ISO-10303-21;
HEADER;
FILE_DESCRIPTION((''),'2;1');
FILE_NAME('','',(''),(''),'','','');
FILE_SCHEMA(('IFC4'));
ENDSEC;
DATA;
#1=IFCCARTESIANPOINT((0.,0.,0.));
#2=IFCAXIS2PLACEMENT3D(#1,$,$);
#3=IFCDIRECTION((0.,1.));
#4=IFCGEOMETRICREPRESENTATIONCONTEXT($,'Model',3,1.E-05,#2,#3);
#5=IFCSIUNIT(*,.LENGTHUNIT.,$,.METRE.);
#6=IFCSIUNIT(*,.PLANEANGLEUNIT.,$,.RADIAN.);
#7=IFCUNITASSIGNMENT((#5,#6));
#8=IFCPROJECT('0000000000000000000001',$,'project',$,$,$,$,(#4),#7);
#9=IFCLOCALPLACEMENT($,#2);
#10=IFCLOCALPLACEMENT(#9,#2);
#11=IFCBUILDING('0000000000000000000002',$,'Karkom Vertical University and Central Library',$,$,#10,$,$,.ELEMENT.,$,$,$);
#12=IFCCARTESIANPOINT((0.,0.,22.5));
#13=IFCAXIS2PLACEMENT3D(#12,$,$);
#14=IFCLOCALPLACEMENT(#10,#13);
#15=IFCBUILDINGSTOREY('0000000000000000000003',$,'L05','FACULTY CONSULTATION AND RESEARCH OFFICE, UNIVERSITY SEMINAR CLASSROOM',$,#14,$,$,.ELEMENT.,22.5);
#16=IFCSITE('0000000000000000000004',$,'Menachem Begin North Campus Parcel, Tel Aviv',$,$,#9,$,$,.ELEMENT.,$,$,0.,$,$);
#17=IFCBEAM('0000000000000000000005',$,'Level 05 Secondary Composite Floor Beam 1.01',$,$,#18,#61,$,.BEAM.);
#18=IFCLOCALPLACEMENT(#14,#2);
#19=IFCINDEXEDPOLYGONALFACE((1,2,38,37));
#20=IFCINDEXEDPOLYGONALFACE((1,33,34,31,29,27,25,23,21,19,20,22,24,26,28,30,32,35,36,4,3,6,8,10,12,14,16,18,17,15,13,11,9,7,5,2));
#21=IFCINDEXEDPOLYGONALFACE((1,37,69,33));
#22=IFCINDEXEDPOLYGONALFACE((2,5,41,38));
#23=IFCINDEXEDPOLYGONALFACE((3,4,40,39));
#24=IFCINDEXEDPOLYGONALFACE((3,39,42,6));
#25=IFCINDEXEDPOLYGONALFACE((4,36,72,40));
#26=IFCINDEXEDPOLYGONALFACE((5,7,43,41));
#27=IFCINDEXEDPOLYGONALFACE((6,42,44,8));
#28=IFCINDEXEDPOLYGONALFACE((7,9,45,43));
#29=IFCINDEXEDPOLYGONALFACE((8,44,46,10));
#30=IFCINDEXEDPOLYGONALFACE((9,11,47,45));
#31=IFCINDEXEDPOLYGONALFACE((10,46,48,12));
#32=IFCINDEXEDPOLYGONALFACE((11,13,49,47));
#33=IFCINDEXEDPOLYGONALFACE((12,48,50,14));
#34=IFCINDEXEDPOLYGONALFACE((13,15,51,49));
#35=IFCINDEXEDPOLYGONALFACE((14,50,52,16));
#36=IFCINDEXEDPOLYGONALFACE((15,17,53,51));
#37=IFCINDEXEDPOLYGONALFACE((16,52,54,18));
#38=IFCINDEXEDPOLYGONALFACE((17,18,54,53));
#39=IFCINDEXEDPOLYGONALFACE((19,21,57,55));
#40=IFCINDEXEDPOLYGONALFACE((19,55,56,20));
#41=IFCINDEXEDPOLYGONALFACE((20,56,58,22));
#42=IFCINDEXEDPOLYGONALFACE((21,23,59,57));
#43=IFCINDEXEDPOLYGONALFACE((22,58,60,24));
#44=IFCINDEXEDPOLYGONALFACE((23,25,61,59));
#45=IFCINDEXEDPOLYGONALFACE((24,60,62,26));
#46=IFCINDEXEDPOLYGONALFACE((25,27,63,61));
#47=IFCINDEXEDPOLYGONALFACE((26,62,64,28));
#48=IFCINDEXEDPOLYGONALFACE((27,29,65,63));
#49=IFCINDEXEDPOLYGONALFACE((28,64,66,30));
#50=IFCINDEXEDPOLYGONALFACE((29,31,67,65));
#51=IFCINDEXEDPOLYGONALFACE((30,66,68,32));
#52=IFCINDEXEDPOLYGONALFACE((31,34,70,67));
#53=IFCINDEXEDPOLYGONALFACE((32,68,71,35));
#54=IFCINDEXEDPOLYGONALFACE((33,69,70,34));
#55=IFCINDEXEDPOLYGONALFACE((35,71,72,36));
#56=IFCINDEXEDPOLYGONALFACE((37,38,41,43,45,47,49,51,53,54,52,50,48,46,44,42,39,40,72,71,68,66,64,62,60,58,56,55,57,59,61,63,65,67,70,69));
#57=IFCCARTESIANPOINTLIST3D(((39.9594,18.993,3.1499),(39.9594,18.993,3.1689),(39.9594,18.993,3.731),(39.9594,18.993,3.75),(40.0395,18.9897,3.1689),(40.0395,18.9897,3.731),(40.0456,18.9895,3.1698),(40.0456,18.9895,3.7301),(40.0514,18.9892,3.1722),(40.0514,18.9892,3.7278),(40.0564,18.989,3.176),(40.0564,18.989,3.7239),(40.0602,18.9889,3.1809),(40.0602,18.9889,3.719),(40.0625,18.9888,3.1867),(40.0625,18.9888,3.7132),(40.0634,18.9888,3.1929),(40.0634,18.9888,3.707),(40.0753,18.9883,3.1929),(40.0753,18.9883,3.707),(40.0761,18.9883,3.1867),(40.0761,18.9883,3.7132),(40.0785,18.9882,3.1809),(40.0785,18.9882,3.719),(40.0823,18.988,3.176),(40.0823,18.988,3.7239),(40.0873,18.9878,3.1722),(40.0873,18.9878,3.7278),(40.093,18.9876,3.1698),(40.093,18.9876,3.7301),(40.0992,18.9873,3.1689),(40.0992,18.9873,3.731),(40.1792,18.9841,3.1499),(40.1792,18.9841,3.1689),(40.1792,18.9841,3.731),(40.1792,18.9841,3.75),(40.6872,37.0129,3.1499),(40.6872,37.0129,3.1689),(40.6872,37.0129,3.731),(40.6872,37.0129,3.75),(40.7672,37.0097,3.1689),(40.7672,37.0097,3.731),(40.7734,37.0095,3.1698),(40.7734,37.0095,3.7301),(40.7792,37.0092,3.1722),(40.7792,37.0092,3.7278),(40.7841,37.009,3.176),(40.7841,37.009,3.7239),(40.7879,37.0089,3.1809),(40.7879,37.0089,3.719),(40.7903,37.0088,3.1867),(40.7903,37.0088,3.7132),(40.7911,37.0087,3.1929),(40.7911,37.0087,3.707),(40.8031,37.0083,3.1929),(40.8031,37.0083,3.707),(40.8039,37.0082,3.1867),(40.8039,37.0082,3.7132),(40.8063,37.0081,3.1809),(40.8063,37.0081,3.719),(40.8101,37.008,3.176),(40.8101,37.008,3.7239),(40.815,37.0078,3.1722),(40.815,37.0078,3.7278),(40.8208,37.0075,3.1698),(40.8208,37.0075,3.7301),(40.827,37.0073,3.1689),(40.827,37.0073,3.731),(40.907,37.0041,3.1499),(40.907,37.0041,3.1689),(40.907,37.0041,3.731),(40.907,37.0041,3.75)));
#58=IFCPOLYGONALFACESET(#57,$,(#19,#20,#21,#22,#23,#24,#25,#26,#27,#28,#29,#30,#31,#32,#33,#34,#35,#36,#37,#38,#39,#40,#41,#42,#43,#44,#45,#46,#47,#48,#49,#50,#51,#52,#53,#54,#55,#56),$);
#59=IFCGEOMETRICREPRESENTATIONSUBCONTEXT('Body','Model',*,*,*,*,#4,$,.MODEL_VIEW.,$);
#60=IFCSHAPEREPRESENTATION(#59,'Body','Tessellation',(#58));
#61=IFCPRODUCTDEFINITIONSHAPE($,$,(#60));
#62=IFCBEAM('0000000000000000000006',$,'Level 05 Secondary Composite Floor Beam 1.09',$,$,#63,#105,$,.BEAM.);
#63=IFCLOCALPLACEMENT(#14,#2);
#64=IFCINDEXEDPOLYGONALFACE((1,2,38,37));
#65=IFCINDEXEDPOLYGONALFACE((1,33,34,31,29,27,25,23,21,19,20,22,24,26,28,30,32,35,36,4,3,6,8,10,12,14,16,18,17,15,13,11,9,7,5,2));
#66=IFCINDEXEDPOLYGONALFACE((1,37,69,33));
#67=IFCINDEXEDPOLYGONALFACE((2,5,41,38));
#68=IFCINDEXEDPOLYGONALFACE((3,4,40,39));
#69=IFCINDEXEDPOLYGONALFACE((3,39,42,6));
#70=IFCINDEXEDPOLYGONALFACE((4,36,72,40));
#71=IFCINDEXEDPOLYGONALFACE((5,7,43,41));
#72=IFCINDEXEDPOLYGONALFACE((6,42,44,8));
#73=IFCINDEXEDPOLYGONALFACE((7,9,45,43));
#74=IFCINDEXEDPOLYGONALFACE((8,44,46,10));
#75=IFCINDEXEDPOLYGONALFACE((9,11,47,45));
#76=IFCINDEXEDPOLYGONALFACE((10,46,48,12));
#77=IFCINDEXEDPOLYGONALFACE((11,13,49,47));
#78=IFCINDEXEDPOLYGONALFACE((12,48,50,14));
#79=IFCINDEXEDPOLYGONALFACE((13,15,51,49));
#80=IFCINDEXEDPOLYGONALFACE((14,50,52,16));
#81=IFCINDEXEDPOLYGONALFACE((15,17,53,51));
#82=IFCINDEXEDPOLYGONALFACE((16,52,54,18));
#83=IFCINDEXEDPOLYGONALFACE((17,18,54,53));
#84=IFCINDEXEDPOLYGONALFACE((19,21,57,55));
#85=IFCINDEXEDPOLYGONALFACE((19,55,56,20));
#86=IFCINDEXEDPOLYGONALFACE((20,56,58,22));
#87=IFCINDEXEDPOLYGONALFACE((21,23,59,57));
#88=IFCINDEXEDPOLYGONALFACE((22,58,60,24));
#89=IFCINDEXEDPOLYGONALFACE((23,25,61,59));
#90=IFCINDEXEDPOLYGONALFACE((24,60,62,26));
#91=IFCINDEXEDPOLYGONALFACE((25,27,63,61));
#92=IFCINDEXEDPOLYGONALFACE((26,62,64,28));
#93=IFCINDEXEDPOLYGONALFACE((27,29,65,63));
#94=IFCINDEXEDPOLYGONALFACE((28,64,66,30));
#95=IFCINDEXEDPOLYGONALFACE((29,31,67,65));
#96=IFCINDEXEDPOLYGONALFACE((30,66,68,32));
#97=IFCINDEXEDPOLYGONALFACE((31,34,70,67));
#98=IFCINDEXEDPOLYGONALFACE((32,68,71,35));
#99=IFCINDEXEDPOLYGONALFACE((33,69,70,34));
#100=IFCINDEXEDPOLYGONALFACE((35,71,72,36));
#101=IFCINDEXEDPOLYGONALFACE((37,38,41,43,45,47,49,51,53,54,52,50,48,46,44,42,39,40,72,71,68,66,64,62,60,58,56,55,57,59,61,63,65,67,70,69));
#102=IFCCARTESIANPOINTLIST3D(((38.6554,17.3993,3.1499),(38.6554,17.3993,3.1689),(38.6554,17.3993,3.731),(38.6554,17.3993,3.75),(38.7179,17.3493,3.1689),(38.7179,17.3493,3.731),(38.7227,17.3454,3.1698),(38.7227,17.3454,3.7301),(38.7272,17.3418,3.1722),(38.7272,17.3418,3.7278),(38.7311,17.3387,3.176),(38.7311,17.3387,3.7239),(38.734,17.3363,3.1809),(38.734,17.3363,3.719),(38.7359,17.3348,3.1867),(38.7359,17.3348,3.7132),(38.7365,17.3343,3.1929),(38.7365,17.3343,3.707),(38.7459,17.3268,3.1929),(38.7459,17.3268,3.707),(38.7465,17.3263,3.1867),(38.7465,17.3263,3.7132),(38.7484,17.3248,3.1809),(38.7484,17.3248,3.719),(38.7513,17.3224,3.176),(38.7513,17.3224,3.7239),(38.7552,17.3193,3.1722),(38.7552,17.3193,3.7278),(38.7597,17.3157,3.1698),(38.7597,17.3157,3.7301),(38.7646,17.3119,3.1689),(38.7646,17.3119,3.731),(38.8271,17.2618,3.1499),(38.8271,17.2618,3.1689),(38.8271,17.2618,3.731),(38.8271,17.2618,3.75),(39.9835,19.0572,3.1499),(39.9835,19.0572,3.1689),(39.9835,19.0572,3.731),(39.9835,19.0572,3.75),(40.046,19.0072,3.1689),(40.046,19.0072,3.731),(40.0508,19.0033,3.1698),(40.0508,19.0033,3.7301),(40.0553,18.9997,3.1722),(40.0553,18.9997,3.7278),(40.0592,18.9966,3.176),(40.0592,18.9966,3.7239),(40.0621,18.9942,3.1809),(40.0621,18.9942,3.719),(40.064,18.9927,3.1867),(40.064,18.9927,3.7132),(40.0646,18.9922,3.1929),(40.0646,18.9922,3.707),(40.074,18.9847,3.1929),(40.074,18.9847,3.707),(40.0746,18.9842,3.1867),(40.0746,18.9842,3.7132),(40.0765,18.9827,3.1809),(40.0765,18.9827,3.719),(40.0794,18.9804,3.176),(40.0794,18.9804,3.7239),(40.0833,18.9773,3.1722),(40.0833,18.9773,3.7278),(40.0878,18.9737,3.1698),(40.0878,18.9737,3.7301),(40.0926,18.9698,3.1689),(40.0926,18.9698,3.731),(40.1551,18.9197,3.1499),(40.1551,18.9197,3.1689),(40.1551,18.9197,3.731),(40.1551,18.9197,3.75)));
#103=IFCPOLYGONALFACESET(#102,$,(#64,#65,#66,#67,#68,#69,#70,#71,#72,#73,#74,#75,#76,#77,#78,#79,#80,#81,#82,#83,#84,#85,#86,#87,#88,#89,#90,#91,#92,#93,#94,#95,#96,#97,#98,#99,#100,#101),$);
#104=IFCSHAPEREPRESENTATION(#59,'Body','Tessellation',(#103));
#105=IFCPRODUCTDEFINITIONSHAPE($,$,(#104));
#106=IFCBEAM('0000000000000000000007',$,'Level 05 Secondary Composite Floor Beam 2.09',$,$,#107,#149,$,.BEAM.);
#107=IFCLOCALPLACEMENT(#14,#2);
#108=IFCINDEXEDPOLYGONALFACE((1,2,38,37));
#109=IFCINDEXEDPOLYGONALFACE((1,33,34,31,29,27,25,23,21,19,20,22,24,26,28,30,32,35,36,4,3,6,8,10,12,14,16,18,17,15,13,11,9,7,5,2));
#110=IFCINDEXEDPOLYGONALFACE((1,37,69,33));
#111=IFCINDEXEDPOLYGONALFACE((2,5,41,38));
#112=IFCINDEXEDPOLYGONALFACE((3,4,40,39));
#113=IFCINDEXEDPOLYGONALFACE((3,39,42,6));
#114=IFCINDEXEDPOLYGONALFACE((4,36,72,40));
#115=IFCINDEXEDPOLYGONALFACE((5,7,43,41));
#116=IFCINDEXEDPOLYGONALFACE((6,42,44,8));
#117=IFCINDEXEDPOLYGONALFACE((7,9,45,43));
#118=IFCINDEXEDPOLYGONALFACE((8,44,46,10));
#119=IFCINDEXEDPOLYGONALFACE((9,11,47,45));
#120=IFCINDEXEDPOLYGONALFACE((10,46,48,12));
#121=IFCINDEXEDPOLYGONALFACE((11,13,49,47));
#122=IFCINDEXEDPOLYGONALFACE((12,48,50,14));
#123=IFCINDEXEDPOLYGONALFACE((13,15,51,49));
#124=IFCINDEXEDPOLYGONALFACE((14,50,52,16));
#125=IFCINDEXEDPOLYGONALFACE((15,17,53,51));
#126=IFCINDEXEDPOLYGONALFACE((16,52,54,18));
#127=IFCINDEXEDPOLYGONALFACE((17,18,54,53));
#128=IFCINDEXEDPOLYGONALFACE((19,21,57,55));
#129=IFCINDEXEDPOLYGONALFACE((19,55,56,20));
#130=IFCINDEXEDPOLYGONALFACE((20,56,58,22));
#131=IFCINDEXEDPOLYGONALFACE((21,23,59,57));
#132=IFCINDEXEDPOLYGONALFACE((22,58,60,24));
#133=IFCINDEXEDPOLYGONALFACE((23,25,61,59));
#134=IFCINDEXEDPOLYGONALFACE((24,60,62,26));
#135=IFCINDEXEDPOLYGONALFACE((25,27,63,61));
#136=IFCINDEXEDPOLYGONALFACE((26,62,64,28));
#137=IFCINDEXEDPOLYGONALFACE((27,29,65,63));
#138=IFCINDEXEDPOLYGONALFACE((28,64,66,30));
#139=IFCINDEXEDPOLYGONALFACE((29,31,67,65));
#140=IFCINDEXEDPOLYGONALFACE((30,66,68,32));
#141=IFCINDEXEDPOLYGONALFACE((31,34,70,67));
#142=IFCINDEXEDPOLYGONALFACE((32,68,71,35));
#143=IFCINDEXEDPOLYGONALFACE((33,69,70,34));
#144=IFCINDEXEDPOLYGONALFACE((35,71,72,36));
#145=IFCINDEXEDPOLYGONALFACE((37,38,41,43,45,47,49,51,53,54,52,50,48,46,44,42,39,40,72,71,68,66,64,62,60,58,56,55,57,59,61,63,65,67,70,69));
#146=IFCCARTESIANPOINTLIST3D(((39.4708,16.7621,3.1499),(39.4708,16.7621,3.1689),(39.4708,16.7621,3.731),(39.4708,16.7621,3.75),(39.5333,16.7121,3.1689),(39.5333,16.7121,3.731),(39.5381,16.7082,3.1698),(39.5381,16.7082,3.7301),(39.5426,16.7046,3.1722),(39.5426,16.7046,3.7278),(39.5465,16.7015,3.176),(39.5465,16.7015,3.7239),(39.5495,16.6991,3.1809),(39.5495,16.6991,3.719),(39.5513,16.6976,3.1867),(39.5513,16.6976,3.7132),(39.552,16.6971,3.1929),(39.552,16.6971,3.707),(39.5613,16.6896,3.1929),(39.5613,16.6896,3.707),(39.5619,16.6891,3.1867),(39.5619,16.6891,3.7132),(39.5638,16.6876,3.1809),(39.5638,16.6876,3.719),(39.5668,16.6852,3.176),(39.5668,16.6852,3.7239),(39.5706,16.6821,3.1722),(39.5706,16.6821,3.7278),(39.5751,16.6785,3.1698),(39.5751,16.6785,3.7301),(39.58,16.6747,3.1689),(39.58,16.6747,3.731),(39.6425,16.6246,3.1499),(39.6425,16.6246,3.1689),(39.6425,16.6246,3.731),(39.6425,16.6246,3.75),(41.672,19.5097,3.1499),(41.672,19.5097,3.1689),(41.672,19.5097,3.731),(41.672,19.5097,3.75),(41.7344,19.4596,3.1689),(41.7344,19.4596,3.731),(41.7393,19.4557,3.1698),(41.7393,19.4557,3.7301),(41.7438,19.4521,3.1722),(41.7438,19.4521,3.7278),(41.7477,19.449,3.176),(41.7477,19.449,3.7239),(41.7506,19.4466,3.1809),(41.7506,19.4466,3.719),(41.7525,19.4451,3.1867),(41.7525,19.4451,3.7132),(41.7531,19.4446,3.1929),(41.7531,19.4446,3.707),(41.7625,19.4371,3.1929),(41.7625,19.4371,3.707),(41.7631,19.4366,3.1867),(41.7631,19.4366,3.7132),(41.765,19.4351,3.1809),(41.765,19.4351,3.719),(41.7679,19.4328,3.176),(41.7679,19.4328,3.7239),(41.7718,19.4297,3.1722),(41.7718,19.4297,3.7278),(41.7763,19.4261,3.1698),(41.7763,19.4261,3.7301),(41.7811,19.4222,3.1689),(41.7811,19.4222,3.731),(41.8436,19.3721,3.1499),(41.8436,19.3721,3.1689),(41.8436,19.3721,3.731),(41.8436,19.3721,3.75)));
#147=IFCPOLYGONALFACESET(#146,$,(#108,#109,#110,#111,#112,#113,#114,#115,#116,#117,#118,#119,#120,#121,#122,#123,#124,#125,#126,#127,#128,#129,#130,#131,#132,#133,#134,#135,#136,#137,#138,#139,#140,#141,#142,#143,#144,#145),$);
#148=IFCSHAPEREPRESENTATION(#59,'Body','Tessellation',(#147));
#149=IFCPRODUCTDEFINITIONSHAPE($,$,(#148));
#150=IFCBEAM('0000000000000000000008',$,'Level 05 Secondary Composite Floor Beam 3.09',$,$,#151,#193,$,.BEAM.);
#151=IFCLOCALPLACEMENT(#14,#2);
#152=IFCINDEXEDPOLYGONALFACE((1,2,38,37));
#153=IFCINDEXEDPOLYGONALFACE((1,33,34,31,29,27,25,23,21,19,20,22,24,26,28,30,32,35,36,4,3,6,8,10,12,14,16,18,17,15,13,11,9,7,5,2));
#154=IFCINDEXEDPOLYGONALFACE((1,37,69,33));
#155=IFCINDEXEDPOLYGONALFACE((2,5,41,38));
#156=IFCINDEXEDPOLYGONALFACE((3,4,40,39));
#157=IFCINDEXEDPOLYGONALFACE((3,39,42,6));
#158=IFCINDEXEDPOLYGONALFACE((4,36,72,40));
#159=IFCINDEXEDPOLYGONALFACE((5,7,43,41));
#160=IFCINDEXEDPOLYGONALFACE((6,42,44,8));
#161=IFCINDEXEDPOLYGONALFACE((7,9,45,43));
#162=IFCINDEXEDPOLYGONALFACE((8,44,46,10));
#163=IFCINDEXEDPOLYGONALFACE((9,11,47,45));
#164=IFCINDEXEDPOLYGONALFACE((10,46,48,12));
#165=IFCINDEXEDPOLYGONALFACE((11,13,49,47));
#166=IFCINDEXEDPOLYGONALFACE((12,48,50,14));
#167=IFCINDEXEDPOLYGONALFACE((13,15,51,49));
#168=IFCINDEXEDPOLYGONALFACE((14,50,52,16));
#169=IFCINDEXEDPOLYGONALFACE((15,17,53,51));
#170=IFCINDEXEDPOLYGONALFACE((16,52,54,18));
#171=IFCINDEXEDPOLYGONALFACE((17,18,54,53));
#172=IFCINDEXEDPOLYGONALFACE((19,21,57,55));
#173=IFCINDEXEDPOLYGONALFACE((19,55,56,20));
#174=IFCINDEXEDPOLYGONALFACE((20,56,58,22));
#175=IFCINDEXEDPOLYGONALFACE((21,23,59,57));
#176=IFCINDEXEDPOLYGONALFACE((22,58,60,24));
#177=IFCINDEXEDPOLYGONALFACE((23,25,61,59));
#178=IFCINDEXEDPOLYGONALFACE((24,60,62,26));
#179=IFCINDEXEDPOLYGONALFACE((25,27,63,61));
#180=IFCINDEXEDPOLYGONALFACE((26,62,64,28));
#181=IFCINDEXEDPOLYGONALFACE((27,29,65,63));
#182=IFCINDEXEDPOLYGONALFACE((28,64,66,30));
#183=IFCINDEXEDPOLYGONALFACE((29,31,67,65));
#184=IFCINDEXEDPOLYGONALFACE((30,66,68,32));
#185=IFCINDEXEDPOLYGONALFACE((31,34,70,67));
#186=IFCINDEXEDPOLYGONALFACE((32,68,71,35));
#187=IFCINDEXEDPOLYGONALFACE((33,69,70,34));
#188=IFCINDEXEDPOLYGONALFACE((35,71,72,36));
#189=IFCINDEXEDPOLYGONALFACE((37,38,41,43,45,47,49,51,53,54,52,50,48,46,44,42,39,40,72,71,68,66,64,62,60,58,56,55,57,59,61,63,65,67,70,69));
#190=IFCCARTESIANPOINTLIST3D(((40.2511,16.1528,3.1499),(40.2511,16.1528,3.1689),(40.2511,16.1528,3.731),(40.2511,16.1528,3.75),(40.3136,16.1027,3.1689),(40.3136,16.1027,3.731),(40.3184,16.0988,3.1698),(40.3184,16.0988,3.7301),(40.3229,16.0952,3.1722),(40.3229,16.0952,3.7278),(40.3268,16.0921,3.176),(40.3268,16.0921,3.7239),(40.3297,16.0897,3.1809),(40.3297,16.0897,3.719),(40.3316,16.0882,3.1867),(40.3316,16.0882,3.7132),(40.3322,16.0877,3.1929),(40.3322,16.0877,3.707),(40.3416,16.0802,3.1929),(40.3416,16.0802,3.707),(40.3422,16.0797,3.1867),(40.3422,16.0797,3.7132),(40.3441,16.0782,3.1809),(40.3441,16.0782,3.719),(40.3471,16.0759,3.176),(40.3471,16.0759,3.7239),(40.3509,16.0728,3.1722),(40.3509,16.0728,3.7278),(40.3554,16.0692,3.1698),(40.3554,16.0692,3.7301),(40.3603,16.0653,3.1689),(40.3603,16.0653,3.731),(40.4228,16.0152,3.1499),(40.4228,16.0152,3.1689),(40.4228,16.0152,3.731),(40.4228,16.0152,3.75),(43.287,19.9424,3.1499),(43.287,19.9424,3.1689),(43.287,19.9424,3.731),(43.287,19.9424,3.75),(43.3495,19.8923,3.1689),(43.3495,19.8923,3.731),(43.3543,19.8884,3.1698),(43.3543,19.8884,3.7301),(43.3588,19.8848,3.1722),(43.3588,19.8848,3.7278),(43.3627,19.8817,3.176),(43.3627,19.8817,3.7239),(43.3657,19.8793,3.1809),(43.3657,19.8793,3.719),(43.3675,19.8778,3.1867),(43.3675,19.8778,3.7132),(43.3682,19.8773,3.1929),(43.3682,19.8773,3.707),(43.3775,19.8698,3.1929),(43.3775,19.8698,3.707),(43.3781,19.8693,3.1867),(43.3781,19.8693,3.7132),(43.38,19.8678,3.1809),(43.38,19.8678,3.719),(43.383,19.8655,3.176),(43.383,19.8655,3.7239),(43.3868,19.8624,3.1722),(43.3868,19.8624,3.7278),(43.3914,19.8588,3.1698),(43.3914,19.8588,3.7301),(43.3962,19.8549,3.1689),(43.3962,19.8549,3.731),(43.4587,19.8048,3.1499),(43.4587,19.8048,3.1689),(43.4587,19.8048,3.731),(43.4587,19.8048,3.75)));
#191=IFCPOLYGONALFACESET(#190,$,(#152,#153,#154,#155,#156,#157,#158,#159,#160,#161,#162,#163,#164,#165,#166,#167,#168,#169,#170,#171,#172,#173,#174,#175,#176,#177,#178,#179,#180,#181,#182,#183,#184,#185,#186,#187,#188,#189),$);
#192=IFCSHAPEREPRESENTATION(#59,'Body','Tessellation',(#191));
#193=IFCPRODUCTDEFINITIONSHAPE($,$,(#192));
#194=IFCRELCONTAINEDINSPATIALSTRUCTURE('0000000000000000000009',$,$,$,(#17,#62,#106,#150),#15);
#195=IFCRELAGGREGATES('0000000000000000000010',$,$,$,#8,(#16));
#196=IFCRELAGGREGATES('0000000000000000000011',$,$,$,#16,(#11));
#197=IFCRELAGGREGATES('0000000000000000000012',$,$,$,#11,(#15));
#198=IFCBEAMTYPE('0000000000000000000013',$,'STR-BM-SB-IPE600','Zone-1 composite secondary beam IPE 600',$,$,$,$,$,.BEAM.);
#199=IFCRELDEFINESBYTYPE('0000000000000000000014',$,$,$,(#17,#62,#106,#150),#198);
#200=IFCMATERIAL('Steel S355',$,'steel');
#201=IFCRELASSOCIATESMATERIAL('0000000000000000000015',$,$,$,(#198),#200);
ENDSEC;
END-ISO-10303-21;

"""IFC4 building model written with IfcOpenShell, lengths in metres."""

from ifc_helpers import new_model, si_unit, direction, frame, origin, origin_with_axes, origin_2d, place, context, subcontext, project, spatial, i_section, extrude, source, transform, mapped, material, material_profile, profile_set, type_object, element, save


model = new_model("IFC4")

# Units and contexts
model_context = context("Model", 3, precision=1e-05, world=origin(), true_north=direction((0.0, 1.0)))
body_context = subcontext(model_context, "Body", "Model", "MODEL_VIEW")
ifc_project = project(units=[si_unit("LENGTHUNIT", "METRE"), si_unit("PLANEANGLEUNIT", "RADIAN")], contexts=[model_context])

# Site, building, storey
site_placement = place(None, origin())
site = spatial("IfcSite", under=ifc_project, at=site_placement, Name="Menachem Begin North Campus Parcel, Tel Aviv", CompositionType="ELEMENT", RefElevation=0.0)
building_placement = place(site_placement, origin())
building = spatial("IfcBuilding", under=site, at=building_placement, Name="Karkom Vertical University and Central Library", CompositionType="ELEMENT")
storey_placement = place(building_placement, frame((0.0, 0.0, 22.5)))
storey = spatial("IfcBuildingStorey", under=building, at=storey_placement, Name="L05", Description="FACULTY CONSULTATION AND RESEARCH OFFICE, UNIVERSITY SEMINAR CLASSROOM", CompositionType="ELEMENT", Elevation=22.5)

# Beams
ifc_material_1 = material(Name="Steel S355", Category="steel")
ifc_material_profile_1 = material_profile(ifc_material_1, i_section(OverallWidth=0.22, OverallDepth=0.6001, WebThickness=0.012, FlangeThickness=0.019, FilletRadius=0.0239, at=origin_2d()), Name="IPE 600")
ifc_profile_set_1 = profile_set([ifc_material_profile_1], Name="Steel S355")
beam_type_1 = type_object("IfcBeamType", Name="STR-BM-SB-IPE600", Description="Zone-1 composite secondary beam IPE 600", PredefinedType="BEAM", material=ifc_profile_set_1)
shared_shape_1 = source(origin_with_axes(), body_context, "Body", "SweptSolid", [
    extrude(i_section(OverallWidth=0.22, OverallDepth=0.6001, WebThickness=0.012, FlangeThickness=0.019, FilletRadius=0.0239, at=origin_2d()), origin(), (0.0, 0.0, 1.0), 18.0347),
])
beam_1_placement = place(storey_placement, frame((40.0693, 18.9885, 3.45), z_axis=(0.040355, 0.999185, 0.0), x_axis=(-0.999185, 0.040355, 0.0)))
element("IfcBeam", 1, at=beam_1_placement, inside=storey, type_object=beam_type_1, Name="Level 05 Secondary Composite Floor Beam 1.01", PredefinedType="BEAM", context=body_context, shape_type="MappedRepresentation", body=[
    mapped(shared_shape_1, transform((0.0, 0.0, 0.0), scale=1.0)),
])
shared_shape_2 = source(origin_with_axes(), body_context, "Body", "SweptSolid", [
    extrude(i_section(OverallWidth=0.22, OverallDepth=0.6001, WebThickness=0.012, FlangeThickness=0.019, FilletRadius=0.0239, at=origin_2d()), origin(), (0.0, 0.0, 1.0), 2.1243),
])
beam_2_placement = place(storey_placement, frame((38.7412, 17.3306, 3.45), z_axis=(0.625199, 0.780465, 0.0), x_axis=(-0.780465, 0.625199, 0.0)))
element("IfcBeam", 2, at=beam_2_placement, inside=storey, type_object=beam_type_1, Name="Level 05 Secondary Composite Floor Beam 1.09", PredefinedType="BEAM", context=body_context, shape_type="MappedRepresentation", body=[
    mapped(shared_shape_2, transform((0.0, 0.0, 0.0), scale=1.0)),
])
shared_shape_3 = source(origin_with_axes(), body_context, "Body", "SweptSolid", [
    extrude(i_section(OverallWidth=0.22, OverallDepth=0.6001, WebThickness=0.012, FlangeThickness=0.019, FilletRadius=0.0239, at=origin_2d()), origin(), (0.0, 0.0, 1.0), 3.5205),
])
beam_3_placement = place(storey_placement, frame((39.5566, 16.6934, 3.45), z_axis=(0.625236, 0.780436, 0.0), x_axis=(-0.780436, 0.625236, 0.0)))
element("IfcBeam", 3, at=beam_3_placement, inside=storey, type_object=beam_type_1, Name="Level 05 Secondary Composite Floor Beam 2.09", PredefinedType="BEAM", context=body_context, shape_type="MappedRepresentation", body=[
    mapped(shared_shape_3, transform((0.0, 0.0, 0.0), scale=1.0)),
])
shared_shape_4 = source(origin_with_axes(), body_context, "Body", "SweptSolid", [
    extrude(i_section(OverallWidth=0.22, OverallDepth=0.6001, WebThickness=0.012, FlangeThickness=0.019, FilletRadius=0.0239, at=origin_2d()), origin(), (0.0, 0.0, 1.0), 4.8557),
])
beam_4_placement = place(storey_placement, frame((40.3369, 16.084, 3.45), z_axis=(0.625228, 0.780442, 0.0), x_axis=(-0.780442, 0.625228, 0.0)))
element("IfcBeam", 4, at=beam_4_placement, inside=storey, type_object=beam_type_1, Name="Level 05 Secondary Composite Floor Beam 3.09", PredefinedType="BEAM", context=body_context, shape_type="MappedRepresentation", body=[
    mapped(shared_shape_4, transform((0.0, 0.0, 0.0), scale=1.0)),
])

save(model, "model.ifc")
